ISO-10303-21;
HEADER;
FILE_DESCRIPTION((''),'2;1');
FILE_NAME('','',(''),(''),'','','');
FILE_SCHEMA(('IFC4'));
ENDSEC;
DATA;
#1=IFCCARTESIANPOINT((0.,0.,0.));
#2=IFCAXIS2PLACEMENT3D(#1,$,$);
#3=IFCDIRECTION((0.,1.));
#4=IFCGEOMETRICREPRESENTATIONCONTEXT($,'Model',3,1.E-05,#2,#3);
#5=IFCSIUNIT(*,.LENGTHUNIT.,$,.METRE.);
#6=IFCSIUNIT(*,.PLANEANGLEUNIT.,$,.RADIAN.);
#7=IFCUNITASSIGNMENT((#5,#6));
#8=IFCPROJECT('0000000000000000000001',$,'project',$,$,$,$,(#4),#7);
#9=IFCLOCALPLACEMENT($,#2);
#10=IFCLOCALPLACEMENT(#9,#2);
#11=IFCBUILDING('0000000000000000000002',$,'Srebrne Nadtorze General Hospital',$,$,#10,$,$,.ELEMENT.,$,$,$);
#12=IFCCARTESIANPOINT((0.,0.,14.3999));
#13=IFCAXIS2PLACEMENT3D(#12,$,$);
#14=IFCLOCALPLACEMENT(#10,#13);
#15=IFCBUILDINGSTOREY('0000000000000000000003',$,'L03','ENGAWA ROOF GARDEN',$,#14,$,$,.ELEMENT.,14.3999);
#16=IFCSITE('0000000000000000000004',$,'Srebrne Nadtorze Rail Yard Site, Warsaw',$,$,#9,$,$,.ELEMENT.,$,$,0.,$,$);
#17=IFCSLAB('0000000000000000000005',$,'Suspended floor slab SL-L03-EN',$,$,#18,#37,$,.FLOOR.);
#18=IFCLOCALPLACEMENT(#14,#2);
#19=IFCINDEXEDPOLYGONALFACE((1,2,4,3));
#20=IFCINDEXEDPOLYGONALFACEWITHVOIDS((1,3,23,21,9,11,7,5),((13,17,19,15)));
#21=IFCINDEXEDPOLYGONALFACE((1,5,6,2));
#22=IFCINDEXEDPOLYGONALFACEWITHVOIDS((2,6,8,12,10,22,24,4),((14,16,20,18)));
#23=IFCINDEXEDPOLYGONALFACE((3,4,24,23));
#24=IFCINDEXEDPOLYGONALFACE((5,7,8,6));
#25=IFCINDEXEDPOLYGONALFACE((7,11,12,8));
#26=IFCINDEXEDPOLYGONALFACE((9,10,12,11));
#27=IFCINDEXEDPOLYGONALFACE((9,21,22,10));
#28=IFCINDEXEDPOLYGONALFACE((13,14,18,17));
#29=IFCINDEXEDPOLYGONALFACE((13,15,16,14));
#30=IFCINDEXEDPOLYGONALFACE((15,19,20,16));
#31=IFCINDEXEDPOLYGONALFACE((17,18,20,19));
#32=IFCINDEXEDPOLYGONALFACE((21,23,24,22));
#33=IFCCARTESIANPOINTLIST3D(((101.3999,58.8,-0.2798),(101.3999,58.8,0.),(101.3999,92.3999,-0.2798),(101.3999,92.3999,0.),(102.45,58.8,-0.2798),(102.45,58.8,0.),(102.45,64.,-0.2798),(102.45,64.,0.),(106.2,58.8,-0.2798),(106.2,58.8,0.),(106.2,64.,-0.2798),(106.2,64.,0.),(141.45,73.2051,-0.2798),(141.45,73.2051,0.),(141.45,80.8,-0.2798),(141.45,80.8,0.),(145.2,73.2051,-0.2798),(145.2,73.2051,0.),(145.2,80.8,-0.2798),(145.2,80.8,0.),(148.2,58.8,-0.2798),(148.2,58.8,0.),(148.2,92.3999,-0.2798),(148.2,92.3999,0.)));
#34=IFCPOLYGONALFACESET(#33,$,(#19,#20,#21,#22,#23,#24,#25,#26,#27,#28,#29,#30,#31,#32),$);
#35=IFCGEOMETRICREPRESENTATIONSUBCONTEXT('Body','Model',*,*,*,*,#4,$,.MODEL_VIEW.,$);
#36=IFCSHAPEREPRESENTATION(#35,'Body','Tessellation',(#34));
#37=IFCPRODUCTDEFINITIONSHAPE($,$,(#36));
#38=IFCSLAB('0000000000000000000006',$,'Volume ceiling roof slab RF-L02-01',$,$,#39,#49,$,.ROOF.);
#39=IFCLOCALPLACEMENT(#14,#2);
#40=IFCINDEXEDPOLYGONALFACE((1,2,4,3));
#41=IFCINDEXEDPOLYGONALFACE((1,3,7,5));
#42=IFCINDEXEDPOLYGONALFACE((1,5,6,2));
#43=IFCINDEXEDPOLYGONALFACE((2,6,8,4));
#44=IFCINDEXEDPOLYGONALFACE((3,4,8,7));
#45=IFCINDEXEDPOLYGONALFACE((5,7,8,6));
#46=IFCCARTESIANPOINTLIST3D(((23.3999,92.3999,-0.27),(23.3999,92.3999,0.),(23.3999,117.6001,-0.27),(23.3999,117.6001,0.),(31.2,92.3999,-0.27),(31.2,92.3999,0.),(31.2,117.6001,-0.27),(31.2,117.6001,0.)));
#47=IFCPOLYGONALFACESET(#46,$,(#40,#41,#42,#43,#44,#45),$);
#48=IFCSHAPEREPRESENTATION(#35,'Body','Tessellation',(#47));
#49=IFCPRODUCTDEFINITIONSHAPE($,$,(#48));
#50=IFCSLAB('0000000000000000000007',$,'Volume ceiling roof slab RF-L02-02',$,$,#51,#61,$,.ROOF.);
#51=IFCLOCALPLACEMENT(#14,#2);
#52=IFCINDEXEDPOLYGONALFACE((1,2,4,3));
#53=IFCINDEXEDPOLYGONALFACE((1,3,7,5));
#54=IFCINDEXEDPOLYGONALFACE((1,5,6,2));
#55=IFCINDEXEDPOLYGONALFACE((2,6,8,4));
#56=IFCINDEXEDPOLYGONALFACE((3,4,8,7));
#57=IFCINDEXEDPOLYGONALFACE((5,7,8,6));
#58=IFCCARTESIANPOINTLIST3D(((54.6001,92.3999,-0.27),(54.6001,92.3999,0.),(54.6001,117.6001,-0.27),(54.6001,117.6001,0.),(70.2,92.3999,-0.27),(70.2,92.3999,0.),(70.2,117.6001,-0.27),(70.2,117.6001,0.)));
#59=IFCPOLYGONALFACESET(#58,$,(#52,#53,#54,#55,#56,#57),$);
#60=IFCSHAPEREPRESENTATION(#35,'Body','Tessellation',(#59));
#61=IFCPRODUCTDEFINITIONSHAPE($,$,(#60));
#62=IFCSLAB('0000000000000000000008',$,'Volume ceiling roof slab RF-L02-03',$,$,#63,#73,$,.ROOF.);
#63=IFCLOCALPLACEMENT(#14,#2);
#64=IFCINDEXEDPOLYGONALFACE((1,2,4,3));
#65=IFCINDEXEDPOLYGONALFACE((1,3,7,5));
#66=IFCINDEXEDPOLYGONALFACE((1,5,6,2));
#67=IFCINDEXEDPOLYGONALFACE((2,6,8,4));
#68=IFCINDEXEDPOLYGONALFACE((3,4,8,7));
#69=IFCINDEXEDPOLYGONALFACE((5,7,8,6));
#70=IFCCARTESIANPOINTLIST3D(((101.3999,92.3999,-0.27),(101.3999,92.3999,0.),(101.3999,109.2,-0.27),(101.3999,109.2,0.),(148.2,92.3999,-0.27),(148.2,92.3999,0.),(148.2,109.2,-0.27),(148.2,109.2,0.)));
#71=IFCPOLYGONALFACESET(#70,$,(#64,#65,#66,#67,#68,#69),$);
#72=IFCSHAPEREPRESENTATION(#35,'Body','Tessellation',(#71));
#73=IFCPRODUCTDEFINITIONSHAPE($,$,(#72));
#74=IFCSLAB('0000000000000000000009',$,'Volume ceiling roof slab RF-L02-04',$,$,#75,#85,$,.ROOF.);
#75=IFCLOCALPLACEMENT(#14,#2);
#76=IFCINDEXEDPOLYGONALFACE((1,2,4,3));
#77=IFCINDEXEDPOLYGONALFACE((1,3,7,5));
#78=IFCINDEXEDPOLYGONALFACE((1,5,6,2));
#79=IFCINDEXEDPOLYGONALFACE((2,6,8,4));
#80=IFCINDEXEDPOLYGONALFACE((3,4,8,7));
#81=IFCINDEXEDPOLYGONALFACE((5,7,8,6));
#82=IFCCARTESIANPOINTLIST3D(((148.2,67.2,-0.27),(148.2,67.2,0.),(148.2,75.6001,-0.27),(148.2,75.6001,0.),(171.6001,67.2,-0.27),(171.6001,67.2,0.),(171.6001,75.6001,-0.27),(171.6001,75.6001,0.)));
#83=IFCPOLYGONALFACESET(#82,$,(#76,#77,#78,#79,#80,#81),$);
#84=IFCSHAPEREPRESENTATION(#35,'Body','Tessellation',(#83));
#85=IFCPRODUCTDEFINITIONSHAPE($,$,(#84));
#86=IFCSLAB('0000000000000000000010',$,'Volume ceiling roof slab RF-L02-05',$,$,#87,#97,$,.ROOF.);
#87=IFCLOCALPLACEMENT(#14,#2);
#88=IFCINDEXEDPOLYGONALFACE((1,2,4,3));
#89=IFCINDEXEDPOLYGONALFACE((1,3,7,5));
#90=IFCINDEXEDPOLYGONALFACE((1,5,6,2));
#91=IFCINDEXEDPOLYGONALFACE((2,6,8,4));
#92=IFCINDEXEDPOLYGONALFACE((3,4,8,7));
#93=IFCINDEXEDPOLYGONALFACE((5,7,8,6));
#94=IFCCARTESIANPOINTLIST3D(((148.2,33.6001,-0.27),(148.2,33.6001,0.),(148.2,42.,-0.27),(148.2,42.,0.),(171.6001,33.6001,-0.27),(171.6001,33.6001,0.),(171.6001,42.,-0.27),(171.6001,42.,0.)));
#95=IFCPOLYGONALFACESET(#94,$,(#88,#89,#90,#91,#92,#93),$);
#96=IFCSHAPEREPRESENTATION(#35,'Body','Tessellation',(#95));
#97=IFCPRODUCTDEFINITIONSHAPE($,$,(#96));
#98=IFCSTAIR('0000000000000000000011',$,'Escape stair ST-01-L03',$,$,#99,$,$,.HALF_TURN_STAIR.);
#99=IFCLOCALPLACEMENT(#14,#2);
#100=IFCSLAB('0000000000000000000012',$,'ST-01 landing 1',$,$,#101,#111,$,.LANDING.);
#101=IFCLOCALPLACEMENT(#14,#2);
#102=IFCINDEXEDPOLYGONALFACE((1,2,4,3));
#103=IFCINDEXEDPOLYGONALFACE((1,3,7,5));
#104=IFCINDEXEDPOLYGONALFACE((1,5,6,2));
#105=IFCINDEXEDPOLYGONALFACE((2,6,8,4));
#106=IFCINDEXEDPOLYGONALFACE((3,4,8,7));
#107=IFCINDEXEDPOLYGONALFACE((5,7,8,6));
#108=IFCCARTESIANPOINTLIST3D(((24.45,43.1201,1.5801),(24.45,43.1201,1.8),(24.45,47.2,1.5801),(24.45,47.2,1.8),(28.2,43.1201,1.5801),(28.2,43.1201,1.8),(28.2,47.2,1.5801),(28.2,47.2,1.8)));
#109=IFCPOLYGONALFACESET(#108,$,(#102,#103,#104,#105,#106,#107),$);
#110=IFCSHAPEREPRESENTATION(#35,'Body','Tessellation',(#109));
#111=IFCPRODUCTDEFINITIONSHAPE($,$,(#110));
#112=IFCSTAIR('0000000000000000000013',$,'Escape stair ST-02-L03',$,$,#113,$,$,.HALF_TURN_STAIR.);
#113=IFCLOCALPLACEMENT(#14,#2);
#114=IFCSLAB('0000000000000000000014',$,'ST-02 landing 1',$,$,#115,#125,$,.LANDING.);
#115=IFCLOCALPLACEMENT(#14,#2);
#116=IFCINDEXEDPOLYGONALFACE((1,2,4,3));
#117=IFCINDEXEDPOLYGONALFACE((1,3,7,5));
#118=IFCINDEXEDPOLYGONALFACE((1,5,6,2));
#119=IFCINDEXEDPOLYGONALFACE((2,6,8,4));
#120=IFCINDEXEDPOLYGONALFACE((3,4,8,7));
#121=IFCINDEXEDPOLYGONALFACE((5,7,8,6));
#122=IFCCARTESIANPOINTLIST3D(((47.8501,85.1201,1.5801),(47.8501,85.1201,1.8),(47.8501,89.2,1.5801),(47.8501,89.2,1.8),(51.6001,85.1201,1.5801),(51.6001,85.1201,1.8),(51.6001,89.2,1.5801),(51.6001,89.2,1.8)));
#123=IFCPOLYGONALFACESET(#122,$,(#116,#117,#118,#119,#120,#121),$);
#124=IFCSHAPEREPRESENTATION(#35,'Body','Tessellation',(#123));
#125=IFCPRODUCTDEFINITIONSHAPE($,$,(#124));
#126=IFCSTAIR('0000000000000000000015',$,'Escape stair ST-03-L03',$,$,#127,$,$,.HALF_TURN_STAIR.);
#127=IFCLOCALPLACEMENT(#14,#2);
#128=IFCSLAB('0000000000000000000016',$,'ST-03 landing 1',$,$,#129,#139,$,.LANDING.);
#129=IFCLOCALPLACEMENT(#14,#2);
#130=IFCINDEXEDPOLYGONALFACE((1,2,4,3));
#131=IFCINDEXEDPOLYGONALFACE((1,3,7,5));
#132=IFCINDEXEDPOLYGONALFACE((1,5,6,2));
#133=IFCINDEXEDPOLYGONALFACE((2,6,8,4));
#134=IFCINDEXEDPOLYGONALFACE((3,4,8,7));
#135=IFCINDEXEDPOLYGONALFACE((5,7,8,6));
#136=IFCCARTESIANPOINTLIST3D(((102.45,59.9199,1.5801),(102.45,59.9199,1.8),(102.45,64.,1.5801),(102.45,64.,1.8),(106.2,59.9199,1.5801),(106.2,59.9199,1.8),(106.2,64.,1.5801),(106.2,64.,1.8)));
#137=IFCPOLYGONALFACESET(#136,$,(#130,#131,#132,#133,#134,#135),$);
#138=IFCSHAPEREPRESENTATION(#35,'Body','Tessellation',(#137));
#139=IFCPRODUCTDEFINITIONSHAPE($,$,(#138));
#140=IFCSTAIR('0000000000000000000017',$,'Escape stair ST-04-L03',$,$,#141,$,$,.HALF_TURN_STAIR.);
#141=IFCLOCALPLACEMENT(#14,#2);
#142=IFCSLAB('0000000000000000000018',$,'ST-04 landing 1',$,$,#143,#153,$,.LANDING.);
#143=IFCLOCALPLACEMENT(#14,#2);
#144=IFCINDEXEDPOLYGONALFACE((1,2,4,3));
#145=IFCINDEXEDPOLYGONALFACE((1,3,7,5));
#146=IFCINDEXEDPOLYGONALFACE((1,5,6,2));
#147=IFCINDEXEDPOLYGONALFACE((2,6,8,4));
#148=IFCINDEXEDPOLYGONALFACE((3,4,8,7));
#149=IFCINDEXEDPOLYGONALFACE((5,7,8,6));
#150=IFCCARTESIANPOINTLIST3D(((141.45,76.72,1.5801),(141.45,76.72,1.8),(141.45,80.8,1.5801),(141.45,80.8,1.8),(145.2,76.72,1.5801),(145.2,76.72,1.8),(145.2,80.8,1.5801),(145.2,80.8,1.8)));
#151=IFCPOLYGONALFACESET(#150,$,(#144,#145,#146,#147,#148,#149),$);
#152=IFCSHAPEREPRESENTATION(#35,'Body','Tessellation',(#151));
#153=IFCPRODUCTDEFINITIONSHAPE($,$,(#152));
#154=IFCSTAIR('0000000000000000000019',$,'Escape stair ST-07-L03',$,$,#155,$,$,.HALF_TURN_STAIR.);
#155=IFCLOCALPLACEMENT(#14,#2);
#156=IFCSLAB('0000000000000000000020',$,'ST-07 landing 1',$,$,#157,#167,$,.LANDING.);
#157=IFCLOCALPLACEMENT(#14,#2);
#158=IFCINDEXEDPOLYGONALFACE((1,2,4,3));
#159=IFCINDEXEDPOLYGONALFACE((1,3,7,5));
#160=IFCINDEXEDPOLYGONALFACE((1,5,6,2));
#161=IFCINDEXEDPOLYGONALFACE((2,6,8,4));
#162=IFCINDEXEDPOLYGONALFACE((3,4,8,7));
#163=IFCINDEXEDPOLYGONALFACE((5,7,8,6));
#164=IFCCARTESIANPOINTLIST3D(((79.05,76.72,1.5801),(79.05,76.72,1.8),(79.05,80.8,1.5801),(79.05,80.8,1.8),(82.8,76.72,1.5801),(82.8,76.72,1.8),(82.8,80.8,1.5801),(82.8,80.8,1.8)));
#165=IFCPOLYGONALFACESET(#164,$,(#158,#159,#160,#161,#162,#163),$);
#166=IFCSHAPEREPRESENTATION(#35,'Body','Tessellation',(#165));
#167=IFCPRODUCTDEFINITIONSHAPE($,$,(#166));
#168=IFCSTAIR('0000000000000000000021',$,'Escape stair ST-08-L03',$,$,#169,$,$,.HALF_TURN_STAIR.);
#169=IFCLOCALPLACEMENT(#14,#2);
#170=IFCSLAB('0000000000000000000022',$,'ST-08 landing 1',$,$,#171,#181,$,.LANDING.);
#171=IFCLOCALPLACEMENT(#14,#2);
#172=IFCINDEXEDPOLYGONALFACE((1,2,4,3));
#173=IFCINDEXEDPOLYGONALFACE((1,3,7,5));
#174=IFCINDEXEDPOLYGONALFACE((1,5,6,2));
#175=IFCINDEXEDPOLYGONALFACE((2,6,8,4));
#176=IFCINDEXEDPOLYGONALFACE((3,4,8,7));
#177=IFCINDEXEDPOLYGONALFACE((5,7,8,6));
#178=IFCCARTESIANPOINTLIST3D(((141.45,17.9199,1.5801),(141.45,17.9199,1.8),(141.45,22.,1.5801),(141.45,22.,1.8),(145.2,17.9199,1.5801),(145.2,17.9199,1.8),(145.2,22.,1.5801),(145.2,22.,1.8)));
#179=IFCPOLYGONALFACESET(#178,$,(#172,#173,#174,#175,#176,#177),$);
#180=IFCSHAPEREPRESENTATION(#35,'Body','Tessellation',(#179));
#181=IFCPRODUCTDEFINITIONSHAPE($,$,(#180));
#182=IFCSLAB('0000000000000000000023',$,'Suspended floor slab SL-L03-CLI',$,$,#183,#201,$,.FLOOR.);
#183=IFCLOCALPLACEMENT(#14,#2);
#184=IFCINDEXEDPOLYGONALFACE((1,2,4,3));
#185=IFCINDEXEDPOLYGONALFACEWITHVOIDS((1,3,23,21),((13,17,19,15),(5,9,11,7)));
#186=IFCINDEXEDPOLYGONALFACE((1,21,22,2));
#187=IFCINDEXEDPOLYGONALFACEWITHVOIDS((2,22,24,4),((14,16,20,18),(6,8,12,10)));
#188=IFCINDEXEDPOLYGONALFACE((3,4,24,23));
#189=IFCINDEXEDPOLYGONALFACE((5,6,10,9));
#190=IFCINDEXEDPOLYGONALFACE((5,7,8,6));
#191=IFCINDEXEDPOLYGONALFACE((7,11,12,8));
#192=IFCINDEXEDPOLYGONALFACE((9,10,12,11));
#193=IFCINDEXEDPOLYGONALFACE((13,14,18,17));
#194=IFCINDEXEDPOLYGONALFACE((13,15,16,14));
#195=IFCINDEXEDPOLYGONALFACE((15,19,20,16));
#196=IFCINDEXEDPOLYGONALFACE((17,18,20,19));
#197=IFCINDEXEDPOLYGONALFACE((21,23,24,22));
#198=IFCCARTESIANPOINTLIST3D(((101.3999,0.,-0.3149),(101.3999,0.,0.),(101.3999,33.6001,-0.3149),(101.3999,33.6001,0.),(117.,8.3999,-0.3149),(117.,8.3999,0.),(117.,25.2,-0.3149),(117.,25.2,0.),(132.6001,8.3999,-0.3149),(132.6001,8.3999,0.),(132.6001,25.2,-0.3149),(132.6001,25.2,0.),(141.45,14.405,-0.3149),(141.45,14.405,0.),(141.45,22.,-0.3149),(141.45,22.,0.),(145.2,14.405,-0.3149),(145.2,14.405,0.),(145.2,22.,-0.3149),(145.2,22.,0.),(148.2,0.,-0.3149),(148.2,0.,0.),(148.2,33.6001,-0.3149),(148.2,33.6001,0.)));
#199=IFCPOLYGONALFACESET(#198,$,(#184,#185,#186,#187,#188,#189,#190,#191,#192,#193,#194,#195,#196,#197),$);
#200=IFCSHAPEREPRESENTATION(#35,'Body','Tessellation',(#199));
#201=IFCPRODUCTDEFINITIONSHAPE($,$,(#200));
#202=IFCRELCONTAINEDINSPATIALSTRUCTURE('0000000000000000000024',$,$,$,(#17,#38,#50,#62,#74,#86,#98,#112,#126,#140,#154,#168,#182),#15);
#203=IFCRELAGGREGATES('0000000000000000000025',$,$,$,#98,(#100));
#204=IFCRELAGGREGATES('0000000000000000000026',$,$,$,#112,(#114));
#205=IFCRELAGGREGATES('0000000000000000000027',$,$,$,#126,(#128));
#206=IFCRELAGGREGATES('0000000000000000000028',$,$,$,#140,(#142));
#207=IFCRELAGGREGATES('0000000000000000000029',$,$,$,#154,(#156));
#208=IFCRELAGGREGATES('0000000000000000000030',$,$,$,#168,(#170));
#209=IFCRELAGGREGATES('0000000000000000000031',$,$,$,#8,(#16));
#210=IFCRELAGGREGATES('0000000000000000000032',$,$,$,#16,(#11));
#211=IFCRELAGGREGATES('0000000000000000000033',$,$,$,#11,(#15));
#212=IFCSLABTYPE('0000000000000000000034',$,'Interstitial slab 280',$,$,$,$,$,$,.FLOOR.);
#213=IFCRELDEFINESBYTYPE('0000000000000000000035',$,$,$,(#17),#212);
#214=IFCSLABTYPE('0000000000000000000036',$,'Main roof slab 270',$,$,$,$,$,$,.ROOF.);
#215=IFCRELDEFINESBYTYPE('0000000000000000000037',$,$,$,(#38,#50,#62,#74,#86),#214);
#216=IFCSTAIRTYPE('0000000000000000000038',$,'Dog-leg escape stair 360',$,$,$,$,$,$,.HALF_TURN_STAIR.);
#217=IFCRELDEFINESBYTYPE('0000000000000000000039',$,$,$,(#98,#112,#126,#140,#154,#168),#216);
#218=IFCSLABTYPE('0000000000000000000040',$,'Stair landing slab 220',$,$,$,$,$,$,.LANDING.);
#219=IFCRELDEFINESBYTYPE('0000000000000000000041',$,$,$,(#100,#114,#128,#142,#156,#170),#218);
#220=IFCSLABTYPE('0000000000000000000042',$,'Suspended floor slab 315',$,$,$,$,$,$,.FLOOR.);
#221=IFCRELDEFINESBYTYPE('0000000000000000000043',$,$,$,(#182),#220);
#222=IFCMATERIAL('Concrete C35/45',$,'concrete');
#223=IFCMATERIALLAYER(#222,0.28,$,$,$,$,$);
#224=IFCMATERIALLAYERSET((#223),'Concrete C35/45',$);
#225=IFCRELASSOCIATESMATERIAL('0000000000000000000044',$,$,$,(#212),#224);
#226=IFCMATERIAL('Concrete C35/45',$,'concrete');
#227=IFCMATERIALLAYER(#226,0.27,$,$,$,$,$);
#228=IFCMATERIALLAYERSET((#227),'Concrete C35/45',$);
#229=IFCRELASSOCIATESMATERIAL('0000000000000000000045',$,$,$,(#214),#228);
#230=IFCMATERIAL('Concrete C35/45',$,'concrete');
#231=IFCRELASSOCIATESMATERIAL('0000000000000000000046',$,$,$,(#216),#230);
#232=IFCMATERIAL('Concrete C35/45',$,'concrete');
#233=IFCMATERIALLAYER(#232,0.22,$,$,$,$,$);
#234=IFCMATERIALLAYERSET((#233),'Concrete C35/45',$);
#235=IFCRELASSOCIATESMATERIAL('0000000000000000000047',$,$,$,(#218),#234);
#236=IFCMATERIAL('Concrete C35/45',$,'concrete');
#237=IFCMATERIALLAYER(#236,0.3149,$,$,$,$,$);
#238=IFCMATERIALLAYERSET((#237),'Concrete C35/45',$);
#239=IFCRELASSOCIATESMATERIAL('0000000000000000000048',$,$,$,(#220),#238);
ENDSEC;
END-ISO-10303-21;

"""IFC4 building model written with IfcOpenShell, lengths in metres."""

from ifc_helpers import new_model, si_unit, direction, frame, origin, place, context, subcontext, project, spatial, polyline, outline, extrude, material, layer, layer_set, type_object, element, aggregate, save


model = new_model("IFC4")

# Units and contexts
model_context = context("Model", 3, precision=1e-05, world=origin(), true_north=direction((0.0, 1.0)))
body_context = subcontext(model_context, "Body", "Model", "MODEL_VIEW")
ifc_project = project(units=[si_unit("LENGTHUNIT", "METRE"), si_unit("PLANEANGLEUNIT", "RADIAN")], contexts=[model_context])

# Site, building, storey
site_placement = place(None, origin())
site = spatial("IfcSite", under=ifc_project, at=site_placement, Name="Srebrne Nadtorze Rail Yard Site, Warsaw", CompositionType="ELEMENT", RefElevation=0.0)
building_placement = place(site_placement, origin())
building = spatial("IfcBuilding", under=site, at=building_placement, Name="Srebrne Nadtorze General Hospital", CompositionType="ELEMENT")
storey_placement = place(building_placement, frame((0.0, 0.0, 14.3999)))
storey = spatial("IfcBuildingStorey", under=building, at=storey_placement, Name="L03", Description="ENGAWA ROOF GARDEN", CompositionType="ELEMENT", Elevation=14.3999)

# Slabs
ifc_material_1 = material(Name="Concrete C35/45", Category="concrete")
ifc_layer_1 = layer(ifc_material_1, 0.28)
ifc_layer_set_1 = layer_set([ifc_layer_1], Name="Concrete C35/45")
slab_type_1 = type_object("IfcSlabType", Name="Interstitial slab 280", PredefinedType="FLOOR", material=ifc_layer_set_1)
slab_1_placement = place(storey_placement, frame((0.0, 0.0, -0.2798)))
element("IfcSlab", 1, at=slab_1_placement, inside=storey, type_object=slab_type_1, Name="Suspended floor slab SL-L03-EN", PredefinedType="FLOOR", context=body_context, shape_type="SweptSolid", body=[
    extrude(outline(polyline([(102.45, 58.8), (102.45, 64.0), (106.2, 64.0), (106.2, 58.8), (148.2, 58.8), (148.2, 92.3999), (101.3999, 92.3999), (101.3999, 58.8), (102.45, 58.8)]), holes=[polyline([(141.45, 73.2051), (141.45, 80.8), (145.2, 80.8), (145.2, 73.2051), (141.45, 73.2051)])]), origin(), (0.0, 0.0, 1.0), 0.2798),
])
ifc_material_2 = material(Name="Concrete C35/45", Category="concrete")
ifc_layer_2 = layer(ifc_material_2, 0.27)
ifc_layer_set_2 = layer_set([ifc_layer_2], Name="Concrete C35/45")
slab_type_2 = type_object("IfcSlabType", Name="Main roof slab 270", PredefinedType="ROOF", material=ifc_layer_set_2)
slab_2_placement = place(storey_placement, frame((0.0, 0.0, -0.27)))
element("IfcSlab", 2, at=slab_2_placement, inside=storey, type_object=slab_type_2, Name="Volume ceiling roof slab RF-L02-01", PredefinedType="ROOF", context=body_context, shape_type="SweptSolid", body=[
    extrude(outline(polyline([(23.3999, 117.6001), (23.3999, 92.3999), (31.2, 92.3999), (31.2, 117.6001), (23.3999, 117.6001)])), origin(), (0.0, 0.0, 1.0), 0.27),
])
slab_3_placement = place(storey_placement, frame((0.0, 0.0, -0.27)))
element("IfcSlab", 3, at=slab_3_placement, inside=storey, type_object=slab_type_2, Name="Volume ceiling roof slab RF-L02-02", PredefinedType="ROOF", context=body_context, shape_type="SweptSolid", body=[
    extrude(outline(polyline([(54.6001, 117.6001), (54.6001, 92.3999), (70.2, 92.3999), (70.2, 117.6001), (54.6001, 117.6001)])), origin(), (0.0, 0.0, 1.0), 0.27),
])
slab_4_placement = place(storey_placement, frame((0.0, 0.0, -0.27)))
element("IfcSlab", 4, at=slab_4_placement, inside=storey, type_object=slab_type_2, Name="Volume ceiling roof slab RF-L02-03", PredefinedType="ROOF", context=body_context, shape_type="SweptSolid", body=[
    extrude(outline(polyline([(101.3999, 109.2), (101.3999, 92.3999), (148.2, 92.3999), (148.2, 109.2), (101.3999, 109.2)])), origin(), (0.0, 0.0, 1.0), 0.27),
])
slab_5_placement = place(storey_placement, frame((0.0, 0.0, -0.27)))
element("IfcSlab", 5, at=slab_5_placement, inside=storey, type_object=slab_type_2, Name="Volume ceiling roof slab RF-L02-04", PredefinedType="ROOF", context=body_context, shape_type="SweptSolid", body=[
    extrude(outline(polyline([(171.6001, 75.6001), (148.2, 75.6001), (148.2, 67.2), (171.6001, 67.2), (171.6001, 75.6001)])), origin(), (0.0, 0.0, 1.0), 0.27),
])
slab_6_placement = place(storey_placement, frame((0.0, 0.0, -0.27)))
element("IfcSlab", 6, at=slab_6_placement, inside=storey, type_object=slab_type_2, Name="Volume ceiling roof slab RF-L02-05", PredefinedType="ROOF", context=body_context, shape_type="SweptSolid", body=[
    extrude(outline(polyline([(171.6001, 42.0), (148.2, 42.0), (148.2, 33.6001), (171.6001, 33.6001), (171.6001, 42.0)])), origin(), (0.0, 0.0, 1.0), 0.27),
])

# Stairs, slabs
ifc_material_3 = material(Name="Concrete C35/45", Category="concrete")
stair_type = type_object("IfcStairType", Name="Dog-leg escape stair 360", PredefinedType="HALF_TURN_STAIR", material=ifc_material_3)
stair_1_placement = place(storey_placement, origin())
stair_1 = element("IfcStair", 7, at=stair_1_placement, inside=storey, type_object=stair_type, Name="Escape stair ST-01-L03", PredefinedType="HALF_TURN_STAIR")
ifc_material_4 = material(Name="Concrete C35/45", Category="concrete")
ifc_layer_3 = layer(ifc_material_4, 0.22)
ifc_layer_set_3 = layer_set([ifc_layer_3], Name="Concrete C35/45")
slab_type_3 = type_object("IfcSlabType", Name="Stair landing slab 220", PredefinedType="LANDING", material=ifc_layer_set_3)
slab_7_placement = place(storey_placement, frame((0.0, 0.0, 1.5801)))
slab_7 = element("IfcSlab", 8, at=slab_7_placement, type_object=slab_type_3, Name="ST-01 landing 1", PredefinedType="LANDING", context=body_context, shape_type="SweptSolid", body=[
    extrude(outline(polyline([(24.45, 43.1201), (28.2, 43.1201), (28.2, 47.2), (24.45, 47.2), (24.45, 43.1201)])), origin(), (0.0, 0.0, 1.0), 0.22),
])
aggregate(stair_1, [slab_7])
stair_2_placement = place(storey_placement, origin())
stair_2 = element("IfcStair", 9, at=stair_2_placement, inside=storey, type_object=stair_type, Name="Escape stair ST-02-L03", PredefinedType="HALF_TURN_STAIR")
slab_8_placement = place(storey_placement, frame((0.0, 0.0, 1.5801)))
slab_8 = element("IfcSlab", 10, at=slab_8_placement, type_object=slab_type_3, Name="ST-02 landing 1", PredefinedType="LANDING", context=body_context, shape_type="SweptSolid", body=[
    extrude(outline(polyline([(47.8501, 85.1201), (51.6001, 85.1201), (51.6001, 89.2), (47.8501, 89.2), (47.8501, 85.1201)])), origin(), (0.0, 0.0, 1.0), 0.22),
])
aggregate(stair_2, [slab_8])
stair_3_placement = place(storey_placement, origin())
stair_3 = element("IfcStair", 11, at=stair_3_placement, inside=storey, type_object=stair_type, Name="Escape stair ST-03-L03", PredefinedType="HALF_TURN_STAIR")
slab_9_placement = place(storey_placement, frame((0.0, 0.0, 1.5801)))
slab_9 = element("IfcSlab", 12, at=slab_9_placement, type_object=slab_type_3, Name="ST-03 landing 1", PredefinedType="LANDING", context=body_context, shape_type="SweptSolid", body=[
    extrude(outline(polyline([(102.45, 59.9199), (106.2, 59.9199), (106.2, 64.0), (102.45, 64.0), (102.45, 59.9199)])), origin(), (0.0, 0.0, 1.0), 0.22),
])
aggregate(stair_3, [slab_9])
stair_4_placement = place(storey_placement, origin())
stair_4 = element("IfcStair", 13, at=stair_4_placement, inside=storey, type_object=stair_type, Name="Escape stair ST-04-L03", PredefinedType="HALF_TURN_STAIR")
slab_10_placement = place(storey_placement, frame((0.0, 0.0, 1.5801)))
slab_10 = element("IfcSlab", 14, at=slab_10_placement, type_object=slab_type_3, Name="ST-04 landing 1", PredefinedType="LANDING", context=body_context, shape_type="SweptSolid", body=[
    extrude(outline(polyline([(141.45, 76.72), (145.2, 76.72), (145.2, 80.8), (141.45, 80.8), (141.45, 76.72)])), origin(), (0.0, 0.0, 1.0), 0.22),
])
aggregate(stair_4, [slab_10])
stair_5_placement = place(storey_placement, origin())
stair_5 = element("IfcStair", 15, at=stair_5_placement, inside=storey, type_object=stair_type, Name="Escape stair ST-07-L03", PredefinedType="HALF_TURN_STAIR")
slab_11_placement = place(storey_placement, frame((0.0, 0.0, 1.5801)))
slab_11 = element("IfcSlab", 16, at=slab_11_placement, type_object=slab_type_3, Name="ST-07 landing 1", PredefinedType="LANDING", context=body_context, shape_type="SweptSolid", body=[
    extrude(outline(polyline([(79.05, 76.72), (82.8, 76.72), (82.8, 80.8), (79.05, 80.8), (79.05, 76.72)])), origin(), (0.0, 0.0, 1.0), 0.22),
])
aggregate(stair_5, [slab_11])
stair_6_placement = place(storey_placement, origin())
stair_6 = element("IfcStair", 17, at=stair_6_placement, inside=storey, type_object=stair_type, Name="Escape stair ST-08-L03", PredefinedType="HALF_TURN_STAIR")
slab_12_placement = place(storey_placement, frame((0.0, 0.0, 1.5801)))
slab_12 = element("IfcSlab", 18, at=slab_12_placement, type_object=slab_type_3, Name="ST-08 landing 1", PredefinedType="LANDING", context=body_context, shape_type="SweptSolid", body=[
    extrude(outline(polyline([(141.45, 17.9199), (145.2, 17.9199), (145.2, 22.0), (141.45, 22.0), (141.45, 17.9199)])), origin(), (0.0, 0.0, 1.0), 0.22),
])
aggregate(stair_6, [slab_12])

# Slab
ifc_material_5 = material(Name="Concrete C35/45", Category="concrete")
ifc_layer_4 = layer(ifc_material_5, 0.3149)
ifc_layer_set_4 = layer_set([ifc_layer_4], Name="Concrete C35/45")
slab_type_4 = type_object("IfcSlabType", Name="Suspended floor slab 315", PredefinedType="FLOOR", material=ifc_layer_set_4)
slab_13_placement = place(storey_placement, frame((0.0, 0.0, -0.3149)))
element("IfcSlab", 19, at=slab_13_placement, inside=storey, type_object=slab_type_4, Name="Suspended floor slab SL-L03-CLI", PredefinedType="FLOOR", context=body_context, shape_type="SweptSolid", body=[
    extrude(outline(polyline([(148.2, 0.0), (148.2, 33.6001), (101.3999, 33.6001), (101.3999, 0.0), (148.2, 0.0)]), holes=[polyline([(132.6001, 8.3999), (117.0, 8.3999), (117.0, 25.2), (132.6001, 25.2), (132.6001, 8.3999)]), polyline([(145.2, 14.405), (141.45, 14.405), (141.45, 22.0), (145.2, 22.0), (145.2, 14.405)])]), origin(), (0.0, 0.0, 1.0), 0.3149),
])

save(model, "model.ifc")
